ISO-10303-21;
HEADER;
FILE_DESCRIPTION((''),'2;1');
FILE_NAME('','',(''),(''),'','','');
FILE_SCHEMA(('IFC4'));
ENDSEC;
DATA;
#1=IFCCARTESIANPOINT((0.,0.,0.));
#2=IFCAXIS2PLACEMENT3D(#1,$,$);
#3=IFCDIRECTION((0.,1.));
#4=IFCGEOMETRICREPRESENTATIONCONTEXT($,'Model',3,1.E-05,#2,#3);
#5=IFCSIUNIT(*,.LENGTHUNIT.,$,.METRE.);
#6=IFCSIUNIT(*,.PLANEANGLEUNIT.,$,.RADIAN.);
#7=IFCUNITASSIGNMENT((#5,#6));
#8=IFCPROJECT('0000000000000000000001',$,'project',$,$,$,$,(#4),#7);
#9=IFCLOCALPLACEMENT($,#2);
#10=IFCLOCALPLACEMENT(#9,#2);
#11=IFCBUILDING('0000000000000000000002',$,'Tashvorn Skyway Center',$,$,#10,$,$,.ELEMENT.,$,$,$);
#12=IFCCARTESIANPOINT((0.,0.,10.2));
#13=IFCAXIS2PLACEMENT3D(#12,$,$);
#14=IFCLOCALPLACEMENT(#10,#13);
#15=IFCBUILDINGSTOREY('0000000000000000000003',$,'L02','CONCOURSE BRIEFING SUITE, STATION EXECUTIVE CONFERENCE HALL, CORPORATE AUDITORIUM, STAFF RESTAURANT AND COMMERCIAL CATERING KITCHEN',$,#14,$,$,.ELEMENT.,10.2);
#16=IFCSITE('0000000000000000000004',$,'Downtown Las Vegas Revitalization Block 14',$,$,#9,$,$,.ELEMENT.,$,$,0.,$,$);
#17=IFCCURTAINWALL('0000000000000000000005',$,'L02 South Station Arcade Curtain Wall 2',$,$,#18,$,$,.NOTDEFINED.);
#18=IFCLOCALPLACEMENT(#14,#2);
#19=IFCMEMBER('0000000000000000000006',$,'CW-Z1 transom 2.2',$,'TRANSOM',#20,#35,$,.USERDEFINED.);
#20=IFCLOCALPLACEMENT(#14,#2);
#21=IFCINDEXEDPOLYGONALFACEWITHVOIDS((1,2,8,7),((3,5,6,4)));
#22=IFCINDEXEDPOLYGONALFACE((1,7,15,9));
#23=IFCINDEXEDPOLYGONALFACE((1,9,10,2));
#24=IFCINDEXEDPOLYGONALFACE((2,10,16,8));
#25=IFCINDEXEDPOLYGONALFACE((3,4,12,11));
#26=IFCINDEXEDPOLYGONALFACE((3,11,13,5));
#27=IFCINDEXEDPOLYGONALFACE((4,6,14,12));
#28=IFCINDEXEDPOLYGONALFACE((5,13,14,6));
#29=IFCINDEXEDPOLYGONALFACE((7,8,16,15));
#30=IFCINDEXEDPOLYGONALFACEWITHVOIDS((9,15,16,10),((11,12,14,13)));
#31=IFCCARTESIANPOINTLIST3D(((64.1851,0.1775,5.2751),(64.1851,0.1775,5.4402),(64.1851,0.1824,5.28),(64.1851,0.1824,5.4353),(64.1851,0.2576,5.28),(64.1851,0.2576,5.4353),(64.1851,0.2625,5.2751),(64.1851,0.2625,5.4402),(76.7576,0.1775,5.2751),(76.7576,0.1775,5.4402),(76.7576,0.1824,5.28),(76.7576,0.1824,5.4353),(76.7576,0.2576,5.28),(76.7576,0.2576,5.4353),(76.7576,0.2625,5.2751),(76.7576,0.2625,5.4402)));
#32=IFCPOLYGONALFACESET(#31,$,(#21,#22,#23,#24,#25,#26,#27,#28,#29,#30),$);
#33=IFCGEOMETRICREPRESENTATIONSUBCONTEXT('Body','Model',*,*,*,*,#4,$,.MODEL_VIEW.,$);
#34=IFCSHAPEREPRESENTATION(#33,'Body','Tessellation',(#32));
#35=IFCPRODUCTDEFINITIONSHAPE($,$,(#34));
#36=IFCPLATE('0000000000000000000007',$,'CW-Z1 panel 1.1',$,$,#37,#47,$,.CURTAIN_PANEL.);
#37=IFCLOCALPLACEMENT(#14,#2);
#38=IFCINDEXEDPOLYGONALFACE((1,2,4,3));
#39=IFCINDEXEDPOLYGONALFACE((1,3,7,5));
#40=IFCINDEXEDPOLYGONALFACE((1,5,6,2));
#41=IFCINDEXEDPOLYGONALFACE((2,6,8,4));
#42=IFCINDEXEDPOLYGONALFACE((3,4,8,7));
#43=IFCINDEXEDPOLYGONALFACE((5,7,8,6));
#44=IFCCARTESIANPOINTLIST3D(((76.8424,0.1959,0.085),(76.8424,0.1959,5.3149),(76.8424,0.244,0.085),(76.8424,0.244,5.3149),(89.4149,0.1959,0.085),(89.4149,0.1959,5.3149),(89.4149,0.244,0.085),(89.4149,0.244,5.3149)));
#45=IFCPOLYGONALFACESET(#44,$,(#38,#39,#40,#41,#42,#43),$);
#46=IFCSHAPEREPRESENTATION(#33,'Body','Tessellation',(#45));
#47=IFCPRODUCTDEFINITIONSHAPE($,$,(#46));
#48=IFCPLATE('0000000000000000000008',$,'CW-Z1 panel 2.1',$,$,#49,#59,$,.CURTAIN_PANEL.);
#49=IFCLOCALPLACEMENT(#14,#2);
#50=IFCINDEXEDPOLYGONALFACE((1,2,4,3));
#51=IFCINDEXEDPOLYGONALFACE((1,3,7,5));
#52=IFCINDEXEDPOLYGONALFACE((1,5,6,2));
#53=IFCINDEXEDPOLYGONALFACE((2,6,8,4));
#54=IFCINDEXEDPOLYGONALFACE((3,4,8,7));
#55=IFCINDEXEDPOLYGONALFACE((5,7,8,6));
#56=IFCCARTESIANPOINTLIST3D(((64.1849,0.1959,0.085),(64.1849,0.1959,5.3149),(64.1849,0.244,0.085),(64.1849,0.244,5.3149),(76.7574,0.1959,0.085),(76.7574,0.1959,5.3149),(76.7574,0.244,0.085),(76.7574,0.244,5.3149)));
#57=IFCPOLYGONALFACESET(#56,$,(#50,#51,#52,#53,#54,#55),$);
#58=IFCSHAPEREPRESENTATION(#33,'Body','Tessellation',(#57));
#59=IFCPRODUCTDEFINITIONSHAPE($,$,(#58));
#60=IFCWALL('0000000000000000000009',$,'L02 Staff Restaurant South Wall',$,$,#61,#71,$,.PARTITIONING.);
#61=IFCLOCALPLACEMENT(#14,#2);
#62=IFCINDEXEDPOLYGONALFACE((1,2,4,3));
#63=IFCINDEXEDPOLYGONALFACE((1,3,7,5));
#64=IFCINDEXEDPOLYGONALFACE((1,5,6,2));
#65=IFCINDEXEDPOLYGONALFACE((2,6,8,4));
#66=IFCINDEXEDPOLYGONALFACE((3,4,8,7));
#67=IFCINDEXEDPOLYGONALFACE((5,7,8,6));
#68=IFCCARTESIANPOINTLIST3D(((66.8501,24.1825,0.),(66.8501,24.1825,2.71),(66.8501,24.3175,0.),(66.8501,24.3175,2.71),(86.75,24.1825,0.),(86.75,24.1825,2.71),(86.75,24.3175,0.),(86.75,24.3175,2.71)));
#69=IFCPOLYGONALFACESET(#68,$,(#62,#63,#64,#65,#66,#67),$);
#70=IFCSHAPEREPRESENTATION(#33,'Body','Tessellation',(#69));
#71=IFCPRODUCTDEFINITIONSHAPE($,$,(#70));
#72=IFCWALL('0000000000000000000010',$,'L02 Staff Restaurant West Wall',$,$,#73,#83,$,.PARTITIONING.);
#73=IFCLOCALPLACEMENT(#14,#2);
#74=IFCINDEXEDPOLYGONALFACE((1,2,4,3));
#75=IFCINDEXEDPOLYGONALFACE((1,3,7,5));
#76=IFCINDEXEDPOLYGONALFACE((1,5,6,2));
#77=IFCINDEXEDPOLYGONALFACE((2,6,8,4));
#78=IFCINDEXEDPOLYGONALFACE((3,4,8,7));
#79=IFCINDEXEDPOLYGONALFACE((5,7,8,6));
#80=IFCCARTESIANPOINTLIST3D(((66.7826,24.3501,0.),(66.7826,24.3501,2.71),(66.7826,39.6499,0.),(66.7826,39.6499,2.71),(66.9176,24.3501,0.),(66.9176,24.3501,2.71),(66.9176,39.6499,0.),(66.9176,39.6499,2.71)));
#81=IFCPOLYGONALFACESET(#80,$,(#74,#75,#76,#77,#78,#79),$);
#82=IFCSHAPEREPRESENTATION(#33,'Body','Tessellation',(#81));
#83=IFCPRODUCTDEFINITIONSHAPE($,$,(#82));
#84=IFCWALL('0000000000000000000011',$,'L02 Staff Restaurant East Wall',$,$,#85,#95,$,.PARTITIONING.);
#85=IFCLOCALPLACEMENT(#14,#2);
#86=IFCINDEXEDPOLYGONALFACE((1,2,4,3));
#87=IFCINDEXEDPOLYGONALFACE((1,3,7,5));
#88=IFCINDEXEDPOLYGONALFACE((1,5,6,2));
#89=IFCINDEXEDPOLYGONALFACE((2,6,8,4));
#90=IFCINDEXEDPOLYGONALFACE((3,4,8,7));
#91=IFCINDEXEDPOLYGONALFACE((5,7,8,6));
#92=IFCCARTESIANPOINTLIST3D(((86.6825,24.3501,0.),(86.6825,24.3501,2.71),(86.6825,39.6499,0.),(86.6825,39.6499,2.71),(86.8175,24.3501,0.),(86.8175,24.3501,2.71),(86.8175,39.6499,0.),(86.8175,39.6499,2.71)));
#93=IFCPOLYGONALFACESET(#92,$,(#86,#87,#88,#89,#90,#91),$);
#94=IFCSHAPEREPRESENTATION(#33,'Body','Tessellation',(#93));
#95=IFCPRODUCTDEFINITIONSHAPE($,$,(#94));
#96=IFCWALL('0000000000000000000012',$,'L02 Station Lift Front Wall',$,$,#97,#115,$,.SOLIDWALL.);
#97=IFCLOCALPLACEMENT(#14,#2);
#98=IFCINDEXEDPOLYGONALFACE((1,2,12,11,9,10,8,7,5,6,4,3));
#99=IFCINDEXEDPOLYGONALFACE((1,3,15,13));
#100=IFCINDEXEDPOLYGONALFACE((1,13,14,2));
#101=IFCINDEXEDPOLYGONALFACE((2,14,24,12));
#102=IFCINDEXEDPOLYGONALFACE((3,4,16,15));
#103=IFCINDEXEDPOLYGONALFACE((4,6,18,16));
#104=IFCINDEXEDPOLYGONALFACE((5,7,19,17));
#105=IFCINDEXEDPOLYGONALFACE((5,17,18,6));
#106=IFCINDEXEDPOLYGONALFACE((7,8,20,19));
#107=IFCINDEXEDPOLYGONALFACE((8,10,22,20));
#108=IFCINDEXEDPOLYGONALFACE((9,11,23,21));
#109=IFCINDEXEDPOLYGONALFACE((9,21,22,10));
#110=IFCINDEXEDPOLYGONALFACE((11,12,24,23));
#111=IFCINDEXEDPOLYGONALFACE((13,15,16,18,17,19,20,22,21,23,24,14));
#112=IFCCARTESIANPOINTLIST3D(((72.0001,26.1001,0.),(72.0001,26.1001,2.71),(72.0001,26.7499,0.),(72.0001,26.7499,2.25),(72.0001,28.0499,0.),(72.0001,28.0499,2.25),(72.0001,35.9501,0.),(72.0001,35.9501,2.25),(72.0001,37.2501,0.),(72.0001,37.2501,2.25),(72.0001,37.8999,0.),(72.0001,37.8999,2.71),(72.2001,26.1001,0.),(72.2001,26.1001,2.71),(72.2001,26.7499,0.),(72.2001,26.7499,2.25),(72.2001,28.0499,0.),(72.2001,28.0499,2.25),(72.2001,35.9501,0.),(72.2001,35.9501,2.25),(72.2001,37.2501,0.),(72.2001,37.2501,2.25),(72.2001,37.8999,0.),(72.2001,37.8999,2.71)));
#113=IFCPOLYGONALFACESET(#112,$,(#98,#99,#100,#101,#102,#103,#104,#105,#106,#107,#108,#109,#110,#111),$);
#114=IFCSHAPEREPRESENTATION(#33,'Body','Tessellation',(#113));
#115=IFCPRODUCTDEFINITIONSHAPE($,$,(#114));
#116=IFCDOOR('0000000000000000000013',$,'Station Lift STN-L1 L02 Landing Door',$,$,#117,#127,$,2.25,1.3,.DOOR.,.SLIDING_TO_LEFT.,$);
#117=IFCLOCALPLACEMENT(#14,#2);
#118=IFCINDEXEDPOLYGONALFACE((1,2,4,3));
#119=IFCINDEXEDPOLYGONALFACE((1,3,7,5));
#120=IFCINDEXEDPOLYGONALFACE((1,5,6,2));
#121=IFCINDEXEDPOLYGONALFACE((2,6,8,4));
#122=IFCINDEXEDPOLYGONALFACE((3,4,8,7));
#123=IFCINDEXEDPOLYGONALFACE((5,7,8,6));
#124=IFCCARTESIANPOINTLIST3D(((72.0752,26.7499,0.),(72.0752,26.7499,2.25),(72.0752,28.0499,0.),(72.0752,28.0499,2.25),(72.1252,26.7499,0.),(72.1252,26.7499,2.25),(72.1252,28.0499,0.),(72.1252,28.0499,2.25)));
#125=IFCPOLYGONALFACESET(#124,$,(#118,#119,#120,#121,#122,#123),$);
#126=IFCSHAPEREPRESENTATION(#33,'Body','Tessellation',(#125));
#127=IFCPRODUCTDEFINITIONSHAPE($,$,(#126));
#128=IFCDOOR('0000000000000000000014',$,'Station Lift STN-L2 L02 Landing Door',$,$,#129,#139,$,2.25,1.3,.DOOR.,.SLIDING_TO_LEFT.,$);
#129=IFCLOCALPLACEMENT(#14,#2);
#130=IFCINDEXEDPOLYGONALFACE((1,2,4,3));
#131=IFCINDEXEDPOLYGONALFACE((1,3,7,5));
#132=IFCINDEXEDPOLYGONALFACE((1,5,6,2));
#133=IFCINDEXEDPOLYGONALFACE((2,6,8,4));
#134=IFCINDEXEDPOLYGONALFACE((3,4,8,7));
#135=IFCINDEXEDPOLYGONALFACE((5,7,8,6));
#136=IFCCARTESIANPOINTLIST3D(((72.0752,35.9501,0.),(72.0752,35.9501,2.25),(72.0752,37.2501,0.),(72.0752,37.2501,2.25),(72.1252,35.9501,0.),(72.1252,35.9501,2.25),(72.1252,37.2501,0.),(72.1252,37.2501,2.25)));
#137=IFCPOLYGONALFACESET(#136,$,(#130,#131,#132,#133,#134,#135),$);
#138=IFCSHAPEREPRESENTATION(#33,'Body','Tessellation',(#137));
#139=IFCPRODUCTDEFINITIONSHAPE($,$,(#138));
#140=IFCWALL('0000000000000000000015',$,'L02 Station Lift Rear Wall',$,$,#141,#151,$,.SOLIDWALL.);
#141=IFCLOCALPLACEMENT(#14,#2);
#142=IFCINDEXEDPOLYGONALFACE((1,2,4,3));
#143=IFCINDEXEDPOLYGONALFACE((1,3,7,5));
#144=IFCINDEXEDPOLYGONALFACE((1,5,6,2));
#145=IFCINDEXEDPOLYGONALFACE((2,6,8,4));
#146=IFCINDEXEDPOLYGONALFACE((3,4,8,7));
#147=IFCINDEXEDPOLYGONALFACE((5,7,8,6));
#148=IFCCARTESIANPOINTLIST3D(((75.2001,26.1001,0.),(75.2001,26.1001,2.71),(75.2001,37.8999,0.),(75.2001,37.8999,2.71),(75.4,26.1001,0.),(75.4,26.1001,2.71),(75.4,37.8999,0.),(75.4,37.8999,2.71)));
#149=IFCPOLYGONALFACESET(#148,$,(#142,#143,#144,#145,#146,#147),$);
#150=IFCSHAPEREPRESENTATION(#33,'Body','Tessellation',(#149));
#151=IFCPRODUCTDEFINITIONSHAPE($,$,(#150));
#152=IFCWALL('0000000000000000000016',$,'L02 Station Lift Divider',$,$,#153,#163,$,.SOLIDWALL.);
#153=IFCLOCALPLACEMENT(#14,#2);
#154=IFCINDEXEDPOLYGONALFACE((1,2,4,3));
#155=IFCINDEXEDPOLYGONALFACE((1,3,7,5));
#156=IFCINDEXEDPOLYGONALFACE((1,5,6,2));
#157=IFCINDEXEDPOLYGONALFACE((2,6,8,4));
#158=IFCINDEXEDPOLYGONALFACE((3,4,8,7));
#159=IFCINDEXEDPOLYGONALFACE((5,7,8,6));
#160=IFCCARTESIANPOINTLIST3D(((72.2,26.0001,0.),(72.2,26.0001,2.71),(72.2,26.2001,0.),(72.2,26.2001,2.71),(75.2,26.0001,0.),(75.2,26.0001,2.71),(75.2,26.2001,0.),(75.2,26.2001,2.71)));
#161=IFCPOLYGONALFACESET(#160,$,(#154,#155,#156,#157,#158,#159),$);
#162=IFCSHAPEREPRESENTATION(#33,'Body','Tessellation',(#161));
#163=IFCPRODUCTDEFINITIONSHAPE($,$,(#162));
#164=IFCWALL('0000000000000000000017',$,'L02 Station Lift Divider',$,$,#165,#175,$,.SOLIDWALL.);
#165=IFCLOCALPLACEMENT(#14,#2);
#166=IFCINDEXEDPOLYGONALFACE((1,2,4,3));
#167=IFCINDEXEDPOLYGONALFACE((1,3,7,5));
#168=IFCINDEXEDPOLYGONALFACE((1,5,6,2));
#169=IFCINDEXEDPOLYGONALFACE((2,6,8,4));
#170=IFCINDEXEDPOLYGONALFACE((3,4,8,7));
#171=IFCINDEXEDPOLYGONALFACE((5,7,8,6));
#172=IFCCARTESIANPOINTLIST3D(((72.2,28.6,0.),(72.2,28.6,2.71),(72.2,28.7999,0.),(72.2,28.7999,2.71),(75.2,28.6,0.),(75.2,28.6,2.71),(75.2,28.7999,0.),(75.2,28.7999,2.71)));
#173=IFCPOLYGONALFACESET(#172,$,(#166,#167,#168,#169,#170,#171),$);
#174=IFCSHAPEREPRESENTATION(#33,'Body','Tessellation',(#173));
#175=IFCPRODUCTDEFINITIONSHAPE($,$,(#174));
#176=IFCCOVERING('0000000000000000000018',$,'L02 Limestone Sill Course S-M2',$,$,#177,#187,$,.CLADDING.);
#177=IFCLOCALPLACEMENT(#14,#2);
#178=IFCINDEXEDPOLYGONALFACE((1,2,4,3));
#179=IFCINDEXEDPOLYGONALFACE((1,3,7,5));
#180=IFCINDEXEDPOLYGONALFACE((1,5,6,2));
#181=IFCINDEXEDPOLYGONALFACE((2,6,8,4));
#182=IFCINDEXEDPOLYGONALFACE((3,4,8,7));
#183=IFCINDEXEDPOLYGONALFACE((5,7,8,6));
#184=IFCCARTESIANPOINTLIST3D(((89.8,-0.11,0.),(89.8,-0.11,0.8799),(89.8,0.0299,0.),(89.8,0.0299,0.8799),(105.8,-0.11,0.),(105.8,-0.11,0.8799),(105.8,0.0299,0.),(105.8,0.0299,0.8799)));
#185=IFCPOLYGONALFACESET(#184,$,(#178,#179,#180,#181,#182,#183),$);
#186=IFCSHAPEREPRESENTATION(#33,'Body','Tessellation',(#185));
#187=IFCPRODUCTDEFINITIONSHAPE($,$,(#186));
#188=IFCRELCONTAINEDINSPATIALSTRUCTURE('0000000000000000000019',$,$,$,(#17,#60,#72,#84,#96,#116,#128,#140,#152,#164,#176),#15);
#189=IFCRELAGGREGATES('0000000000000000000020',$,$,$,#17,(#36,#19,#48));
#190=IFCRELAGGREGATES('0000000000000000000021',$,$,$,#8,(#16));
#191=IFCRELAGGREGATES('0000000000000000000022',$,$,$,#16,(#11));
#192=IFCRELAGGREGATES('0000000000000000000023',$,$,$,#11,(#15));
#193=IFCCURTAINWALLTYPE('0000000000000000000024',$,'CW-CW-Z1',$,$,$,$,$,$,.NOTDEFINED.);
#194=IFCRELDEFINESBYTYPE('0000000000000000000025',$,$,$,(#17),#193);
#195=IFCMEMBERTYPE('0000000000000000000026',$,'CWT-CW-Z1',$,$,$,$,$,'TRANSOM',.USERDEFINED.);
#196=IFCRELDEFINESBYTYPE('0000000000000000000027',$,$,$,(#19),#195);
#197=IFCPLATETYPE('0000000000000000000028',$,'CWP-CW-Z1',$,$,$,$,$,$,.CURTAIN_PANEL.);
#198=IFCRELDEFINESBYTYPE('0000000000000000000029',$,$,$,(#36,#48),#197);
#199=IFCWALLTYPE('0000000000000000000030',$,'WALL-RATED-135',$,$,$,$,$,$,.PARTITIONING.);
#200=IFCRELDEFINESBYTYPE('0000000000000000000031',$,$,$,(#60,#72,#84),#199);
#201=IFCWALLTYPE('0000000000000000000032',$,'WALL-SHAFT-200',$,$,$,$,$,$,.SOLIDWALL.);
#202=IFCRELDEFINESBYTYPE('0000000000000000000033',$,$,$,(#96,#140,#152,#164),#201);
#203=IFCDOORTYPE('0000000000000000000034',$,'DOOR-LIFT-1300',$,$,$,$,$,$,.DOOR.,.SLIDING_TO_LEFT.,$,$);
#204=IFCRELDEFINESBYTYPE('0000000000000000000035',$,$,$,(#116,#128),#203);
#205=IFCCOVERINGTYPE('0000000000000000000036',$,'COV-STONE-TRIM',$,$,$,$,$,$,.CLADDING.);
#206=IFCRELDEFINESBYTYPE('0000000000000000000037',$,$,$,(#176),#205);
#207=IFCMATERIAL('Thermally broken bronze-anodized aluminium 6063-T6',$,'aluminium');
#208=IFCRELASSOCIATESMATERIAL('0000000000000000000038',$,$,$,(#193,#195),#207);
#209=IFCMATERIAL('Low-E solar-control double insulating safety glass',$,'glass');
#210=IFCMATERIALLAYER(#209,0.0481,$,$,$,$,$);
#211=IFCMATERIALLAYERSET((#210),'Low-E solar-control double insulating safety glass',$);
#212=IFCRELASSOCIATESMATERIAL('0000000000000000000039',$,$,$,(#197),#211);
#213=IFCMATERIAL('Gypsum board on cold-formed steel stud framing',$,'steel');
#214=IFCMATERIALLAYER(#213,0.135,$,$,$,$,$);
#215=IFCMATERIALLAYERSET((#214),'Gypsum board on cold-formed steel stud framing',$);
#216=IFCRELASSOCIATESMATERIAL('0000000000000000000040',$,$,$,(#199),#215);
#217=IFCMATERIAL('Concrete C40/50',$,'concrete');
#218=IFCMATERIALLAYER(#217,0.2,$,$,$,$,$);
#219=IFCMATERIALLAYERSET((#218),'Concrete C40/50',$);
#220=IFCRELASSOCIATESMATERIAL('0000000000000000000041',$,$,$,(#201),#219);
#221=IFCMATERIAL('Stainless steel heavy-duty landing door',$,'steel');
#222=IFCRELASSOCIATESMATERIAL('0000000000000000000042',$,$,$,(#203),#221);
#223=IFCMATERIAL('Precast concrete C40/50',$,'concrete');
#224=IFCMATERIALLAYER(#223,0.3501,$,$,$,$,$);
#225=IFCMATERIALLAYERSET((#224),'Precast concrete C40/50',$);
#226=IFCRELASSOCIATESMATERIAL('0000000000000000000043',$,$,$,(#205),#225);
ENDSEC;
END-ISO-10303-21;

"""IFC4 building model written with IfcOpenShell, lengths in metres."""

from ifc_helpers import new_model, si_unit, direction, frame, frame_2d, origin, origin_2d, place, context, subcontext, project, spatial, rectangle, hollow_rectangle, extrude, material, layer, layer_set, material_profile, profile_set, type_object, element, fill, aggregate, save


model = new_model("IFC4")

# Units and contexts
model_context = context("Model", 3, precision=1e-05, world=origin(), true_north=direction((0.0, 1.0)))
body_context = subcontext(model_context, "Body", "Model", "MODEL_VIEW")
ifc_project = project(units=[si_unit("LENGTHUNIT", "METRE"), si_unit("PLANEANGLEUNIT", "RADIAN")], contexts=[model_context])

# Site, building, storey
site_placement = place(None, origin())
site = spatial("IfcSite", under=ifc_project, at=site_placement, Name="Downtown Las Vegas Revitalization Block 14", CompositionType="ELEMENT", RefElevation=0.0)
building_placement = place(site_placement, origin())
building = spatial("IfcBuilding", under=site, at=building_placement, Name="Tashvorn Skyway Center", CompositionType="ELEMENT")
storey_placement = place(building_placement, frame((0.0, 0.0, 10.2)))
storey = spatial("IfcBuildingStorey", under=building, at=storey_placement, Name="L02", Description="CONCOURSE BRIEFING SUITE, STATION EXECUTIVE CONFERENCE HALL, CORPORATE AUDITORIUM, STAFF RESTAURANT AND COMMERCIAL CATERING KITCHEN", CompositionType="ELEMENT", Elevation=10.2)

# Shared definitions
ifc_material_1 = material(Name="Precast concrete C40/50", Category="concrete")

# Curtain wall, member, plates
ifc_material_2 = material(Name="Thermally broken bronze-anodized aluminium 6063-T6", Category="aluminium")
curtain_wall_type = type_object("IfcCurtainWallType", Name="CW-CW-Z1", PredefinedType="NOTDEFINED", material=ifc_material_2)
curtain_wall_placement = place(storey_placement, origin())
curtain_wall = element("IfcCurtainWall", 1, at=curtain_wall_placement, inside=storey, type_object=curtain_wall_type, Name="L02 South Station Arcade Curtain Wall 2", PredefinedType="NOTDEFINED")
ifc_material_profile_1 = material_profile(ifc_material_2, hollow_rectangle(XDim=0.085, YDim=0.165, WallThickness=0.0049, at=origin_2d()), Name="ALU-TRAN-85x165")
ifc_profile_set_1 = profile_set([ifc_material_profile_1], Name="Thermally broken bronze-anodized aluminium 6063-T6")
member_type_1 = type_object("IfcMemberType", Name="CWT-CW-Z1", ElementType="TRANSOM", PredefinedType="USERDEFINED", material=ifc_profile_set_1)
member_1_placement = place(storey_placement, frame((76.7576, 0.22, 5.3577), z_axis=(-1.0, 0.0, 0.0), x_axis=(0.0, -1.0, 0.0)))
member_1 = element("IfcMember", 2, at=member_1_placement, type_object=member_type_1, Name="CW-Z1 transom 2.2", ObjectType="TRANSOM", PredefinedType="USERDEFINED", context=body_context, shape_type="SweptSolid", body=[
    extrude(hollow_rectangle(XDim=0.085, YDim=0.165, WallThickness=0.0049, at=origin_2d()), origin(), (0.0, 0.0, 1.0), 12.5725),
])
ifc_material_3 = material(Name="Low-E solar-control double insulating safety glass", Category="glass")
ifc_layer_1 = layer(ifc_material_3, 0.0481)
ifc_layer_set_1 = layer_set([ifc_layer_1], Name="Low-E solar-control double insulating safety glass")
plate_type = type_object("IfcPlateType", Name="CWP-CW-Z1", PredefinedType="CURTAIN_PANEL", material=ifc_layer_set_1)
plate_1_placement = place(storey_placement, frame((83.1287, 0.22, 0.085), z_axis=(0.0, 0.0, 1.0), x_axis=(-1.0, 0.0, 0.0)))
plate_1 = element("IfcPlate", 3, at=plate_1_placement, type_object=plate_type, Name="CW-Z1 panel 1.1", PredefinedType="CURTAIN_PANEL", context=body_context, shape_type="SweptSolid", body=[
    extrude(rectangle(XDim=12.5725, YDim=0.0481, at=origin_2d()), origin(), (0.0, 0.0, 1.0), 5.23),
])
plate_2_placement = place(storey_placement, frame((70.4712, 0.22, 0.085), z_axis=(0.0, 0.0, 1.0), x_axis=(-1.0, 0.0, 0.0)))
plate_2 = element("IfcPlate", 4, at=plate_2_placement, type_object=plate_type, Name="CW-Z1 panel 2.1", PredefinedType="CURTAIN_PANEL", context=body_context, shape_type="SweptSolid", body=[
    extrude(rectangle(XDim=12.5725, YDim=0.0481, at=origin_2d()), origin(), (0.0, 0.0, 1.0), 5.23),
])
aggregate(curtain_wall, [plate_1, member_1, plate_2])

# Walls
ifc_material_4 = material(Name="Gypsum board on cold-formed steel stud framing", Category="steel")
ifc_layer_2 = layer(ifc_material_4, 0.135)
ifc_layer_set_2 = layer_set([ifc_layer_2], Name="Gypsum board on cold-formed steel stud framing")
wall_type_1 = type_object("IfcWallType", Name="WALL-RATED-135", PredefinedType="PARTITIONING", material=ifc_layer_set_2)
wall_1_placement = place(storey_placement, frame((66.8501, 24.25, 0.0), z_axis=(0.0, 0.0, 1.0), x_axis=(1.0, 0.0, 0.0)))
element("IfcWall", 5, at=wall_1_placement, inside=storey, type_object=wall_type_1, Name="L02 Staff Restaurant South Wall", PredefinedType="PARTITIONING", context=body_context, shape_type="SweptSolid", body=[
    extrude(rectangle(XDim=19.8999, YDim=0.135, at=frame_2d((9.95, 0.0))), origin(), (0.0, 0.0, 1.0), 2.71),
])
for number, where, z_axis, x_axis, name in (
    (6, (66.8501, 24.3501, 0.0), (0.0, 0.0, 1.0), (0.0, 1.0, 0.0), "L02 Staff Restaurant West Wall"),
    (7, (86.75, 24.3501, 0.0), (0.0, 0.0, 1.0), (0.0, 1.0, 0.0), "L02 Staff Restaurant East Wall"),
):
    element("IfcWall", number, at=place(storey_placement, frame(where, z_axis=z_axis, x_axis=x_axis)), inside=storey, type_object=wall_type_1, Name=name, PredefinedType="PARTITIONING", context=body_context, shape_type="SweptSolid", body=[
        extrude(rectangle(XDim=15.2998, YDim=0.135, at=frame_2d((7.6499, 0.0))), origin(), (0.0, 0.0, 1.0), 2.71),
    ])

# Wall, openings, doors
ifc_material_5 = material(Name="Concrete C40/50", Category="concrete")
ifc_layer_3 = layer(ifc_material_5, 0.2)
ifc_layer_set_3 = layer_set([ifc_layer_3], Name="Concrete C40/50")
wall_type_2 = type_object("IfcWallType", Name="WALL-SHAFT-200", PredefinedType="SOLIDWALL", material=ifc_layer_set_3)
wall_2_placement = place(storey_placement, frame((72.1001, 26.1001, 0.0), z_axis=(0.0, 0.0, 1.0), x_axis=(0.0, 1.0, 0.0)))
wall_2 = element("IfcWall", 8, at=wall_2_placement, inside=storey, type_object=wall_type_2, Name="L02 Station Lift Front Wall", PredefinedType="SOLIDWALL", context=body_context, shape_type="SweptSolid", body=[
    extrude(rectangle(XDim=11.7998, YDim=0.2, at=frame_2d((5.8999, 0.0))), origin(), (0.0, 0.0, 1.0), 2.71),
])
opening_1_placement = place(wall_2_placement, frame((0.6499, 0.0, 0.0)))
opening_1 = element("IfcOpeningElement", 9, at=opening_1_placement, cuts=wall_2, PredefinedType="OPENING", context=body_context, shape_type="SweptSolid", body=[
    extrude(rectangle(XDim=1.3, YDim=2.25, at=frame_2d((0.6499, 1.125))), frame((0.0, 0.1099, 0.0), z_axis=(0.0, -1.0, 0.0), x_axis=(1.0, 0.0, 0.0)), (0.0, 0.0, 1.0), 0.22),
])
opening_2_placement = place(wall_2_placement, frame((9.8501, 0.0, 0.0)))
opening_2 = element("IfcOpeningElement", 10, at=opening_2_placement, cuts=wall_2, PredefinedType="OPENING", context=body_context, shape_type="SweptSolid", body=[
    extrude(rectangle(XDim=1.3, YDim=2.25, at=frame_2d((0.6499, 1.125))), frame((0.0, 0.1099, 0.0), z_axis=(0.0, -1.0, 0.0), x_axis=(1.0, 0.0, 0.0)), (0.0, 0.0, 1.0), 0.22),
])
ifc_material_6 = material(Name="Stainless steel heavy-duty landing door", Category="steel")
door_type = type_object("IfcDoorType", Name="DOOR-LIFT-1300", OperationType="SLIDING_TO_LEFT", PredefinedType="DOOR", material=ifc_material_6)
door_1_placement = place(opening_1_placement, origin())
door_1 = element("IfcDoor", 11, at=door_1_placement, inside=storey, type_object=door_type, Name="Station Lift STN-L1 L02 Landing Door", OperationType="SLIDING_TO_LEFT", OverallHeight=2.25, OverallWidth=1.3, PredefinedType="DOOR", context=body_context, shape_type="SweptSolid", body=[
    extrude(rectangle(XDim=1.3, YDim=2.25, at=frame_2d((0.6499, 1.125))), frame((0.0, 0.0249, 0.0), z_axis=(0.0, -1.0, 0.0), x_axis=(1.0, 0.0, 0.0)), (0.0, 0.0, 1.0), 0.05),
])
fill(opening_1, door_1)
door_2_placement = place(opening_2_placement, origin())
door_2 = element("IfcDoor", 12, at=door_2_placement, inside=storey, type_object=door_type, Name="Station Lift STN-L2 L02 Landing Door", OperationType="SLIDING_TO_LEFT", OverallHeight=2.25, OverallWidth=1.3, PredefinedType="DOOR", context=body_context, shape_type="SweptSolid", body=[
    extrude(rectangle(XDim=1.3, YDim=2.25, at=frame_2d((0.6499, 1.125))), frame((0.0, 0.0249, 0.0), z_axis=(0.0, -1.0, 0.0), x_axis=(1.0, 0.0, 0.0)), (0.0, 0.0, 1.0), 0.05),
])
fill(opening_2, door_2)

# Walls
wall_3_placement = place(storey_placement, frame((75.3, 26.1001, 0.0), z_axis=(0.0, 0.0, 1.0), x_axis=(0.0, 1.0, 0.0)))
element("IfcWall", 13, at=wall_3_placement, inside=storey, type_object=wall_type_2, Name="L02 Station Lift Rear Wall", PredefinedType="SOLIDWALL", context=body_context, shape_type="SweptSolid", body=[
    extrude(rectangle(XDim=11.7998, YDim=0.2, at=frame_2d((5.8999, 0.0))), origin(), (0.0, 0.0, 1.0), 2.71),
])
for number, where, z_axis, x_axis, name in (
    (14, (72.2, 26.1001, 0.0), (0.0, 0.0, 1.0), (1.0, 0.0, 0.0), "L02 Station Lift Divider"),
    (15, (72.2, 28.7, 0.0), (0.0, 0.0, 1.0), (1.0, 0.0, 0.0), "L02 Station Lift Divider"),
):
    element("IfcWall", number, at=place(storey_placement, frame(where, z_axis=z_axis, x_axis=x_axis)), inside=storey, type_object=wall_type_2, Name=name, PredefinedType="SOLIDWALL", context=body_context, shape_type="SweptSolid", body=[
        extrude(rectangle(XDim=3.0, YDim=0.2, at=frame_2d((1.5, 0.0))), origin(), (0.0, 0.0, 1.0), 2.71),
    ])

# Covering
ifc_layer_4 = layer(ifc_material_1, 0.3501)
ifc_layer_set_4 = layer_set([ifc_layer_4], Name="Precast concrete C40/50")
covering_type = type_object("IfcCoveringType", Name="COV-STONE-TRIM", PredefinedType="CLADDING", material=ifc_layer_set_4)
covering_placement = place(storey_placement, frame((97.8, -0.04, 0.0), z_axis=(0.0, 0.0, 1.0), x_axis=(1.0, 0.0, 0.0)))
element("IfcCovering", 16, at=covering_placement, inside=storey, type_object=covering_type, Name="L02 Limestone Sill Course S-M2", PredefinedType="CLADDING", context=body_context, shape_type="SweptSolid", body=[
    extrude(rectangle(XDim=16.0, YDim=0.1399, at=origin_2d()), origin(), (0.0, 0.0, 1.0), 0.8799),
])

save(model, "model.ifc")
